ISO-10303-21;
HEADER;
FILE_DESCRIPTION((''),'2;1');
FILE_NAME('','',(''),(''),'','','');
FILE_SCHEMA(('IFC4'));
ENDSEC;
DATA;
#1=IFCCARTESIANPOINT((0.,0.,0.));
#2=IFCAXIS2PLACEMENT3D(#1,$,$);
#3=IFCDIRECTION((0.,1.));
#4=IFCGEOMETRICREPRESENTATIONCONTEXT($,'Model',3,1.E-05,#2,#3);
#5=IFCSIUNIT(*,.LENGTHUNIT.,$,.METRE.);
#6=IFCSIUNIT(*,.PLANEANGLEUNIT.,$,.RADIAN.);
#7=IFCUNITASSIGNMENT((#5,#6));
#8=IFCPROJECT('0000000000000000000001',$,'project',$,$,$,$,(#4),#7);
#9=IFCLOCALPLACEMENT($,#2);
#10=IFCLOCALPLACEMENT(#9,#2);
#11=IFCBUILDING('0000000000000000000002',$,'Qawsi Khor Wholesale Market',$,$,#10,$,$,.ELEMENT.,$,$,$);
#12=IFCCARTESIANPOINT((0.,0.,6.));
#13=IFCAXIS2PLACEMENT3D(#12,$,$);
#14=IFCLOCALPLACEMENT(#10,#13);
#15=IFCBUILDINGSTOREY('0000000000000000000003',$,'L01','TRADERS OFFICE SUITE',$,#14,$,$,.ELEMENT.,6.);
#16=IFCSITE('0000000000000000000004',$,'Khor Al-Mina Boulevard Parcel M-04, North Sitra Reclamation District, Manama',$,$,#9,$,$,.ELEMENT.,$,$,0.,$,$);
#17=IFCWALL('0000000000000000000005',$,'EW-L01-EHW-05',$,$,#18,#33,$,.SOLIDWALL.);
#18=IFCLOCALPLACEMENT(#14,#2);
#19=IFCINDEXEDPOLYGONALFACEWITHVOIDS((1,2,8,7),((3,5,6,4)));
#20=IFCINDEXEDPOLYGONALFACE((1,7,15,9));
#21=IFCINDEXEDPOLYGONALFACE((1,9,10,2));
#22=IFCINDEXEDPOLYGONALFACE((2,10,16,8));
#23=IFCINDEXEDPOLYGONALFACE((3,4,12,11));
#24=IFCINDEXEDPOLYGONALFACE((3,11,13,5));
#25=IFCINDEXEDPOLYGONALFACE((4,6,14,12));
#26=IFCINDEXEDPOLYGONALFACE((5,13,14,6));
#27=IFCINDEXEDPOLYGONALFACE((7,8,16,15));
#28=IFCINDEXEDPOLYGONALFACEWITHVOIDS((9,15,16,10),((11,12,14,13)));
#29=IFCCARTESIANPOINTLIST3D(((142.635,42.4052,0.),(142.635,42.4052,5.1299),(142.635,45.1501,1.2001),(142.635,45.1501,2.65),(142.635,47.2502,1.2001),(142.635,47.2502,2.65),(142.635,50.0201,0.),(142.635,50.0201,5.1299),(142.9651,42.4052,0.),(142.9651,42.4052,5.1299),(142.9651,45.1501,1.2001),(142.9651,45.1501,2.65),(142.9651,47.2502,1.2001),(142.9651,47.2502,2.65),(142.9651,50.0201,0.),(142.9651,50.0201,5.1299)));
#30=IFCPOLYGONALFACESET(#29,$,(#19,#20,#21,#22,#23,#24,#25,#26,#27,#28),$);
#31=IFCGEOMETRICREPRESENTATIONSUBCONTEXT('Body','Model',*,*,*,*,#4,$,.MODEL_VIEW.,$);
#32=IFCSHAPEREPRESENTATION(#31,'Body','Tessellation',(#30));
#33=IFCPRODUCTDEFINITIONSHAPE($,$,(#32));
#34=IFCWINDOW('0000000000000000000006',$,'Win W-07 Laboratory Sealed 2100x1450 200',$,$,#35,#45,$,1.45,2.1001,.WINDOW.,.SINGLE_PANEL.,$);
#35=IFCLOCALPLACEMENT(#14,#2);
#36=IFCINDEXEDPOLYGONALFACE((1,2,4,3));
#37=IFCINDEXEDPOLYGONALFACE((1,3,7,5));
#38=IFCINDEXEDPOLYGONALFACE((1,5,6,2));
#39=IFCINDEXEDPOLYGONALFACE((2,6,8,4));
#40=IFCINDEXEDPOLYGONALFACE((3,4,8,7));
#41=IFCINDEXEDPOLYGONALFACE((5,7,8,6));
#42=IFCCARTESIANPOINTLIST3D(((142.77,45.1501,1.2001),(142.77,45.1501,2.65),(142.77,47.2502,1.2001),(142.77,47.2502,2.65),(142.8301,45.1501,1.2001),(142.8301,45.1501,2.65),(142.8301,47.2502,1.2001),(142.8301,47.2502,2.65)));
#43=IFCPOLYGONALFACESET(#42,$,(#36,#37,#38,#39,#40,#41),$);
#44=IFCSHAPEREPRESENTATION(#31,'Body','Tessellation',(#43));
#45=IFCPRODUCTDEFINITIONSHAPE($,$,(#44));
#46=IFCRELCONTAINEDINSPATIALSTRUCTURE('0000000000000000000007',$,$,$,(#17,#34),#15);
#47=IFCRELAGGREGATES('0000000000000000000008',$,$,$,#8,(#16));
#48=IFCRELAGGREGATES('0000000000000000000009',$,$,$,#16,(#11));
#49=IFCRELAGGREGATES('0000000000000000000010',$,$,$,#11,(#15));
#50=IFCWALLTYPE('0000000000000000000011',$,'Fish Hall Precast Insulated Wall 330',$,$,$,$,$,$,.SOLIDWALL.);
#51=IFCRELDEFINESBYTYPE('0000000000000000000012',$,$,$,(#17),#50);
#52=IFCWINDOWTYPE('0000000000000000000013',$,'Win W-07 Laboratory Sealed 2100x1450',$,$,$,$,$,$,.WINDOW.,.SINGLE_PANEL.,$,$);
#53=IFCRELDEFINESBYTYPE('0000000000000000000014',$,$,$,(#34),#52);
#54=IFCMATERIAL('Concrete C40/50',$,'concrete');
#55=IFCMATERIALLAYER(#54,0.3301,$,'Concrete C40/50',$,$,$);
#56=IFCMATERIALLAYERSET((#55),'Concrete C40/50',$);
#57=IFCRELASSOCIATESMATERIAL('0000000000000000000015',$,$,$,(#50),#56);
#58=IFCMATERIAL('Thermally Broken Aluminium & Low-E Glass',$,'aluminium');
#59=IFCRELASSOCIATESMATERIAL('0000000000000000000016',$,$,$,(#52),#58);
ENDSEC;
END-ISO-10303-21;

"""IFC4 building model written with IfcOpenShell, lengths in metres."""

from ifc_helpers import new_model, si_unit, direction, frame, frame_2d, origin, place, context, subcontext, project, spatial, rectangle, extrude, material, layer, layer_set, type_object, element, fill, save


model = new_model("IFC4")

# Units and contexts
model_context = context("Model", 3, precision=1e-05, world=origin(), true_north=direction((0.0, 1.0)))
body_context = subcontext(model_context, "Body", "Model", "MODEL_VIEW")
ifc_project = project(units=[si_unit("LENGTHUNIT", "METRE"), si_unit("PLANEANGLEUNIT", "RADIAN")], contexts=[model_context])

# Site, building, storey
site_placement = place(None, origin())
site = spatial("IfcSite", under=ifc_project, at=site_placement, Name="Khor Al-Mina Boulevard Parcel M-04, North Sitra Reclamation District, Manama", CompositionType="ELEMENT", RefElevation=0.0)
building_placement = place(site_placement, origin())
building = spatial("IfcBuilding", under=site, at=building_placement, Name="Qawsi Khor Wholesale Market", CompositionType="ELEMENT")
storey_placement = place(building_placement, frame((0.0, 0.0, 6.0)))
storey = spatial("IfcBuildingStorey", under=building, at=storey_placement, Name="L01", Description="TRADERS OFFICE SUITE", CompositionType="ELEMENT", Elevation=6.0)

# Shared definitions
ifc_material_1 = material(Name="Concrete C40/50", Category="concrete")

# Wall, opening, window
ifc_layer_1 = layer(ifc_material_1, 0.3301, Name="Concrete C40/50")
ifc_layer_set_1 = layer_set([ifc_layer_1], Name="Concrete C40/50")
wall_type_1 = type_object("IfcWallType", Name="Fish Hall Precast Insulated Wall 330", PredefinedType="SOLIDWALL", material=ifc_layer_set_1)
wall_1_placement = place(storey_placement, frame((142.8, 42.405, 0.0), z_axis=(0.0, 0.0, 1.0), x_axis=(0.0, 1.0, 0.0)))
wall_1 = element("IfcWall", 1, at=wall_1_placement, inside=storey, type_object=wall_type_1, Name="EW-L01-EHW-05", PredefinedType="SOLIDWALL", context=body_context, shape_type="SweptSolid", body=[
    extrude(rectangle(XDim=7.615, YDim=0.3301, at=frame_2d((3.8076, 0.0))), origin(), (0.0, 0.0, 1.0), 5.1299),
])
opening_1_placement = place(wall_1_placement, frame((2.7451, 0.0, 1.2)))
opening_1 = element("IfcOpeningElement", 2, at=opening_1_placement, cuts=wall_1, PredefinedType="OPENING", context=body_context, shape_type="SweptSolid", body=[
    extrude(rectangle(XDim=2.1001, YDim=1.45, at=frame_2d((1.05, 0.7251))), frame((0.0, 0.175, 0.0), z_axis=(0.0, -1.0, 0.0), x_axis=(1.0, 0.0, 0.0)), (0.0, 0.0, 1.0), 0.3501),
])
ifc_material_2 = material(Name="Thermally Broken Aluminium & Low-E Glass", Category="aluminium")
window_type = type_object("IfcWindowType", Name="Win W-07 Laboratory Sealed 2100x1450", PartitioningType="SINGLE_PANEL", PredefinedType="WINDOW", material=ifc_material_2)
window_placement = place(opening_1_placement, origin())
window = element("IfcWindow", 3, at=window_placement, inside=storey, type_object=window_type, Name="Win W-07 Laboratory Sealed 2100x1450 200", OverallHeight=1.45, OverallWidth=2.1001, PartitioningType="SINGLE_PANEL", PredefinedType="WINDOW", context=body_context, shape_type="SweptSolid", body=[
    extrude(rectangle(XDim=2.1001, YDim=1.45, at=frame_2d((1.05, 0.7251))), frame((0.0, 0.03, 0.0), z_axis=(0.0, -1.0, 0.0), x_axis=(1.0, 0.0, 0.0)), (0.0, 0.0, 1.0), 0.0601),
])
fill(opening_1, window)

save(model, "model.ifc")
